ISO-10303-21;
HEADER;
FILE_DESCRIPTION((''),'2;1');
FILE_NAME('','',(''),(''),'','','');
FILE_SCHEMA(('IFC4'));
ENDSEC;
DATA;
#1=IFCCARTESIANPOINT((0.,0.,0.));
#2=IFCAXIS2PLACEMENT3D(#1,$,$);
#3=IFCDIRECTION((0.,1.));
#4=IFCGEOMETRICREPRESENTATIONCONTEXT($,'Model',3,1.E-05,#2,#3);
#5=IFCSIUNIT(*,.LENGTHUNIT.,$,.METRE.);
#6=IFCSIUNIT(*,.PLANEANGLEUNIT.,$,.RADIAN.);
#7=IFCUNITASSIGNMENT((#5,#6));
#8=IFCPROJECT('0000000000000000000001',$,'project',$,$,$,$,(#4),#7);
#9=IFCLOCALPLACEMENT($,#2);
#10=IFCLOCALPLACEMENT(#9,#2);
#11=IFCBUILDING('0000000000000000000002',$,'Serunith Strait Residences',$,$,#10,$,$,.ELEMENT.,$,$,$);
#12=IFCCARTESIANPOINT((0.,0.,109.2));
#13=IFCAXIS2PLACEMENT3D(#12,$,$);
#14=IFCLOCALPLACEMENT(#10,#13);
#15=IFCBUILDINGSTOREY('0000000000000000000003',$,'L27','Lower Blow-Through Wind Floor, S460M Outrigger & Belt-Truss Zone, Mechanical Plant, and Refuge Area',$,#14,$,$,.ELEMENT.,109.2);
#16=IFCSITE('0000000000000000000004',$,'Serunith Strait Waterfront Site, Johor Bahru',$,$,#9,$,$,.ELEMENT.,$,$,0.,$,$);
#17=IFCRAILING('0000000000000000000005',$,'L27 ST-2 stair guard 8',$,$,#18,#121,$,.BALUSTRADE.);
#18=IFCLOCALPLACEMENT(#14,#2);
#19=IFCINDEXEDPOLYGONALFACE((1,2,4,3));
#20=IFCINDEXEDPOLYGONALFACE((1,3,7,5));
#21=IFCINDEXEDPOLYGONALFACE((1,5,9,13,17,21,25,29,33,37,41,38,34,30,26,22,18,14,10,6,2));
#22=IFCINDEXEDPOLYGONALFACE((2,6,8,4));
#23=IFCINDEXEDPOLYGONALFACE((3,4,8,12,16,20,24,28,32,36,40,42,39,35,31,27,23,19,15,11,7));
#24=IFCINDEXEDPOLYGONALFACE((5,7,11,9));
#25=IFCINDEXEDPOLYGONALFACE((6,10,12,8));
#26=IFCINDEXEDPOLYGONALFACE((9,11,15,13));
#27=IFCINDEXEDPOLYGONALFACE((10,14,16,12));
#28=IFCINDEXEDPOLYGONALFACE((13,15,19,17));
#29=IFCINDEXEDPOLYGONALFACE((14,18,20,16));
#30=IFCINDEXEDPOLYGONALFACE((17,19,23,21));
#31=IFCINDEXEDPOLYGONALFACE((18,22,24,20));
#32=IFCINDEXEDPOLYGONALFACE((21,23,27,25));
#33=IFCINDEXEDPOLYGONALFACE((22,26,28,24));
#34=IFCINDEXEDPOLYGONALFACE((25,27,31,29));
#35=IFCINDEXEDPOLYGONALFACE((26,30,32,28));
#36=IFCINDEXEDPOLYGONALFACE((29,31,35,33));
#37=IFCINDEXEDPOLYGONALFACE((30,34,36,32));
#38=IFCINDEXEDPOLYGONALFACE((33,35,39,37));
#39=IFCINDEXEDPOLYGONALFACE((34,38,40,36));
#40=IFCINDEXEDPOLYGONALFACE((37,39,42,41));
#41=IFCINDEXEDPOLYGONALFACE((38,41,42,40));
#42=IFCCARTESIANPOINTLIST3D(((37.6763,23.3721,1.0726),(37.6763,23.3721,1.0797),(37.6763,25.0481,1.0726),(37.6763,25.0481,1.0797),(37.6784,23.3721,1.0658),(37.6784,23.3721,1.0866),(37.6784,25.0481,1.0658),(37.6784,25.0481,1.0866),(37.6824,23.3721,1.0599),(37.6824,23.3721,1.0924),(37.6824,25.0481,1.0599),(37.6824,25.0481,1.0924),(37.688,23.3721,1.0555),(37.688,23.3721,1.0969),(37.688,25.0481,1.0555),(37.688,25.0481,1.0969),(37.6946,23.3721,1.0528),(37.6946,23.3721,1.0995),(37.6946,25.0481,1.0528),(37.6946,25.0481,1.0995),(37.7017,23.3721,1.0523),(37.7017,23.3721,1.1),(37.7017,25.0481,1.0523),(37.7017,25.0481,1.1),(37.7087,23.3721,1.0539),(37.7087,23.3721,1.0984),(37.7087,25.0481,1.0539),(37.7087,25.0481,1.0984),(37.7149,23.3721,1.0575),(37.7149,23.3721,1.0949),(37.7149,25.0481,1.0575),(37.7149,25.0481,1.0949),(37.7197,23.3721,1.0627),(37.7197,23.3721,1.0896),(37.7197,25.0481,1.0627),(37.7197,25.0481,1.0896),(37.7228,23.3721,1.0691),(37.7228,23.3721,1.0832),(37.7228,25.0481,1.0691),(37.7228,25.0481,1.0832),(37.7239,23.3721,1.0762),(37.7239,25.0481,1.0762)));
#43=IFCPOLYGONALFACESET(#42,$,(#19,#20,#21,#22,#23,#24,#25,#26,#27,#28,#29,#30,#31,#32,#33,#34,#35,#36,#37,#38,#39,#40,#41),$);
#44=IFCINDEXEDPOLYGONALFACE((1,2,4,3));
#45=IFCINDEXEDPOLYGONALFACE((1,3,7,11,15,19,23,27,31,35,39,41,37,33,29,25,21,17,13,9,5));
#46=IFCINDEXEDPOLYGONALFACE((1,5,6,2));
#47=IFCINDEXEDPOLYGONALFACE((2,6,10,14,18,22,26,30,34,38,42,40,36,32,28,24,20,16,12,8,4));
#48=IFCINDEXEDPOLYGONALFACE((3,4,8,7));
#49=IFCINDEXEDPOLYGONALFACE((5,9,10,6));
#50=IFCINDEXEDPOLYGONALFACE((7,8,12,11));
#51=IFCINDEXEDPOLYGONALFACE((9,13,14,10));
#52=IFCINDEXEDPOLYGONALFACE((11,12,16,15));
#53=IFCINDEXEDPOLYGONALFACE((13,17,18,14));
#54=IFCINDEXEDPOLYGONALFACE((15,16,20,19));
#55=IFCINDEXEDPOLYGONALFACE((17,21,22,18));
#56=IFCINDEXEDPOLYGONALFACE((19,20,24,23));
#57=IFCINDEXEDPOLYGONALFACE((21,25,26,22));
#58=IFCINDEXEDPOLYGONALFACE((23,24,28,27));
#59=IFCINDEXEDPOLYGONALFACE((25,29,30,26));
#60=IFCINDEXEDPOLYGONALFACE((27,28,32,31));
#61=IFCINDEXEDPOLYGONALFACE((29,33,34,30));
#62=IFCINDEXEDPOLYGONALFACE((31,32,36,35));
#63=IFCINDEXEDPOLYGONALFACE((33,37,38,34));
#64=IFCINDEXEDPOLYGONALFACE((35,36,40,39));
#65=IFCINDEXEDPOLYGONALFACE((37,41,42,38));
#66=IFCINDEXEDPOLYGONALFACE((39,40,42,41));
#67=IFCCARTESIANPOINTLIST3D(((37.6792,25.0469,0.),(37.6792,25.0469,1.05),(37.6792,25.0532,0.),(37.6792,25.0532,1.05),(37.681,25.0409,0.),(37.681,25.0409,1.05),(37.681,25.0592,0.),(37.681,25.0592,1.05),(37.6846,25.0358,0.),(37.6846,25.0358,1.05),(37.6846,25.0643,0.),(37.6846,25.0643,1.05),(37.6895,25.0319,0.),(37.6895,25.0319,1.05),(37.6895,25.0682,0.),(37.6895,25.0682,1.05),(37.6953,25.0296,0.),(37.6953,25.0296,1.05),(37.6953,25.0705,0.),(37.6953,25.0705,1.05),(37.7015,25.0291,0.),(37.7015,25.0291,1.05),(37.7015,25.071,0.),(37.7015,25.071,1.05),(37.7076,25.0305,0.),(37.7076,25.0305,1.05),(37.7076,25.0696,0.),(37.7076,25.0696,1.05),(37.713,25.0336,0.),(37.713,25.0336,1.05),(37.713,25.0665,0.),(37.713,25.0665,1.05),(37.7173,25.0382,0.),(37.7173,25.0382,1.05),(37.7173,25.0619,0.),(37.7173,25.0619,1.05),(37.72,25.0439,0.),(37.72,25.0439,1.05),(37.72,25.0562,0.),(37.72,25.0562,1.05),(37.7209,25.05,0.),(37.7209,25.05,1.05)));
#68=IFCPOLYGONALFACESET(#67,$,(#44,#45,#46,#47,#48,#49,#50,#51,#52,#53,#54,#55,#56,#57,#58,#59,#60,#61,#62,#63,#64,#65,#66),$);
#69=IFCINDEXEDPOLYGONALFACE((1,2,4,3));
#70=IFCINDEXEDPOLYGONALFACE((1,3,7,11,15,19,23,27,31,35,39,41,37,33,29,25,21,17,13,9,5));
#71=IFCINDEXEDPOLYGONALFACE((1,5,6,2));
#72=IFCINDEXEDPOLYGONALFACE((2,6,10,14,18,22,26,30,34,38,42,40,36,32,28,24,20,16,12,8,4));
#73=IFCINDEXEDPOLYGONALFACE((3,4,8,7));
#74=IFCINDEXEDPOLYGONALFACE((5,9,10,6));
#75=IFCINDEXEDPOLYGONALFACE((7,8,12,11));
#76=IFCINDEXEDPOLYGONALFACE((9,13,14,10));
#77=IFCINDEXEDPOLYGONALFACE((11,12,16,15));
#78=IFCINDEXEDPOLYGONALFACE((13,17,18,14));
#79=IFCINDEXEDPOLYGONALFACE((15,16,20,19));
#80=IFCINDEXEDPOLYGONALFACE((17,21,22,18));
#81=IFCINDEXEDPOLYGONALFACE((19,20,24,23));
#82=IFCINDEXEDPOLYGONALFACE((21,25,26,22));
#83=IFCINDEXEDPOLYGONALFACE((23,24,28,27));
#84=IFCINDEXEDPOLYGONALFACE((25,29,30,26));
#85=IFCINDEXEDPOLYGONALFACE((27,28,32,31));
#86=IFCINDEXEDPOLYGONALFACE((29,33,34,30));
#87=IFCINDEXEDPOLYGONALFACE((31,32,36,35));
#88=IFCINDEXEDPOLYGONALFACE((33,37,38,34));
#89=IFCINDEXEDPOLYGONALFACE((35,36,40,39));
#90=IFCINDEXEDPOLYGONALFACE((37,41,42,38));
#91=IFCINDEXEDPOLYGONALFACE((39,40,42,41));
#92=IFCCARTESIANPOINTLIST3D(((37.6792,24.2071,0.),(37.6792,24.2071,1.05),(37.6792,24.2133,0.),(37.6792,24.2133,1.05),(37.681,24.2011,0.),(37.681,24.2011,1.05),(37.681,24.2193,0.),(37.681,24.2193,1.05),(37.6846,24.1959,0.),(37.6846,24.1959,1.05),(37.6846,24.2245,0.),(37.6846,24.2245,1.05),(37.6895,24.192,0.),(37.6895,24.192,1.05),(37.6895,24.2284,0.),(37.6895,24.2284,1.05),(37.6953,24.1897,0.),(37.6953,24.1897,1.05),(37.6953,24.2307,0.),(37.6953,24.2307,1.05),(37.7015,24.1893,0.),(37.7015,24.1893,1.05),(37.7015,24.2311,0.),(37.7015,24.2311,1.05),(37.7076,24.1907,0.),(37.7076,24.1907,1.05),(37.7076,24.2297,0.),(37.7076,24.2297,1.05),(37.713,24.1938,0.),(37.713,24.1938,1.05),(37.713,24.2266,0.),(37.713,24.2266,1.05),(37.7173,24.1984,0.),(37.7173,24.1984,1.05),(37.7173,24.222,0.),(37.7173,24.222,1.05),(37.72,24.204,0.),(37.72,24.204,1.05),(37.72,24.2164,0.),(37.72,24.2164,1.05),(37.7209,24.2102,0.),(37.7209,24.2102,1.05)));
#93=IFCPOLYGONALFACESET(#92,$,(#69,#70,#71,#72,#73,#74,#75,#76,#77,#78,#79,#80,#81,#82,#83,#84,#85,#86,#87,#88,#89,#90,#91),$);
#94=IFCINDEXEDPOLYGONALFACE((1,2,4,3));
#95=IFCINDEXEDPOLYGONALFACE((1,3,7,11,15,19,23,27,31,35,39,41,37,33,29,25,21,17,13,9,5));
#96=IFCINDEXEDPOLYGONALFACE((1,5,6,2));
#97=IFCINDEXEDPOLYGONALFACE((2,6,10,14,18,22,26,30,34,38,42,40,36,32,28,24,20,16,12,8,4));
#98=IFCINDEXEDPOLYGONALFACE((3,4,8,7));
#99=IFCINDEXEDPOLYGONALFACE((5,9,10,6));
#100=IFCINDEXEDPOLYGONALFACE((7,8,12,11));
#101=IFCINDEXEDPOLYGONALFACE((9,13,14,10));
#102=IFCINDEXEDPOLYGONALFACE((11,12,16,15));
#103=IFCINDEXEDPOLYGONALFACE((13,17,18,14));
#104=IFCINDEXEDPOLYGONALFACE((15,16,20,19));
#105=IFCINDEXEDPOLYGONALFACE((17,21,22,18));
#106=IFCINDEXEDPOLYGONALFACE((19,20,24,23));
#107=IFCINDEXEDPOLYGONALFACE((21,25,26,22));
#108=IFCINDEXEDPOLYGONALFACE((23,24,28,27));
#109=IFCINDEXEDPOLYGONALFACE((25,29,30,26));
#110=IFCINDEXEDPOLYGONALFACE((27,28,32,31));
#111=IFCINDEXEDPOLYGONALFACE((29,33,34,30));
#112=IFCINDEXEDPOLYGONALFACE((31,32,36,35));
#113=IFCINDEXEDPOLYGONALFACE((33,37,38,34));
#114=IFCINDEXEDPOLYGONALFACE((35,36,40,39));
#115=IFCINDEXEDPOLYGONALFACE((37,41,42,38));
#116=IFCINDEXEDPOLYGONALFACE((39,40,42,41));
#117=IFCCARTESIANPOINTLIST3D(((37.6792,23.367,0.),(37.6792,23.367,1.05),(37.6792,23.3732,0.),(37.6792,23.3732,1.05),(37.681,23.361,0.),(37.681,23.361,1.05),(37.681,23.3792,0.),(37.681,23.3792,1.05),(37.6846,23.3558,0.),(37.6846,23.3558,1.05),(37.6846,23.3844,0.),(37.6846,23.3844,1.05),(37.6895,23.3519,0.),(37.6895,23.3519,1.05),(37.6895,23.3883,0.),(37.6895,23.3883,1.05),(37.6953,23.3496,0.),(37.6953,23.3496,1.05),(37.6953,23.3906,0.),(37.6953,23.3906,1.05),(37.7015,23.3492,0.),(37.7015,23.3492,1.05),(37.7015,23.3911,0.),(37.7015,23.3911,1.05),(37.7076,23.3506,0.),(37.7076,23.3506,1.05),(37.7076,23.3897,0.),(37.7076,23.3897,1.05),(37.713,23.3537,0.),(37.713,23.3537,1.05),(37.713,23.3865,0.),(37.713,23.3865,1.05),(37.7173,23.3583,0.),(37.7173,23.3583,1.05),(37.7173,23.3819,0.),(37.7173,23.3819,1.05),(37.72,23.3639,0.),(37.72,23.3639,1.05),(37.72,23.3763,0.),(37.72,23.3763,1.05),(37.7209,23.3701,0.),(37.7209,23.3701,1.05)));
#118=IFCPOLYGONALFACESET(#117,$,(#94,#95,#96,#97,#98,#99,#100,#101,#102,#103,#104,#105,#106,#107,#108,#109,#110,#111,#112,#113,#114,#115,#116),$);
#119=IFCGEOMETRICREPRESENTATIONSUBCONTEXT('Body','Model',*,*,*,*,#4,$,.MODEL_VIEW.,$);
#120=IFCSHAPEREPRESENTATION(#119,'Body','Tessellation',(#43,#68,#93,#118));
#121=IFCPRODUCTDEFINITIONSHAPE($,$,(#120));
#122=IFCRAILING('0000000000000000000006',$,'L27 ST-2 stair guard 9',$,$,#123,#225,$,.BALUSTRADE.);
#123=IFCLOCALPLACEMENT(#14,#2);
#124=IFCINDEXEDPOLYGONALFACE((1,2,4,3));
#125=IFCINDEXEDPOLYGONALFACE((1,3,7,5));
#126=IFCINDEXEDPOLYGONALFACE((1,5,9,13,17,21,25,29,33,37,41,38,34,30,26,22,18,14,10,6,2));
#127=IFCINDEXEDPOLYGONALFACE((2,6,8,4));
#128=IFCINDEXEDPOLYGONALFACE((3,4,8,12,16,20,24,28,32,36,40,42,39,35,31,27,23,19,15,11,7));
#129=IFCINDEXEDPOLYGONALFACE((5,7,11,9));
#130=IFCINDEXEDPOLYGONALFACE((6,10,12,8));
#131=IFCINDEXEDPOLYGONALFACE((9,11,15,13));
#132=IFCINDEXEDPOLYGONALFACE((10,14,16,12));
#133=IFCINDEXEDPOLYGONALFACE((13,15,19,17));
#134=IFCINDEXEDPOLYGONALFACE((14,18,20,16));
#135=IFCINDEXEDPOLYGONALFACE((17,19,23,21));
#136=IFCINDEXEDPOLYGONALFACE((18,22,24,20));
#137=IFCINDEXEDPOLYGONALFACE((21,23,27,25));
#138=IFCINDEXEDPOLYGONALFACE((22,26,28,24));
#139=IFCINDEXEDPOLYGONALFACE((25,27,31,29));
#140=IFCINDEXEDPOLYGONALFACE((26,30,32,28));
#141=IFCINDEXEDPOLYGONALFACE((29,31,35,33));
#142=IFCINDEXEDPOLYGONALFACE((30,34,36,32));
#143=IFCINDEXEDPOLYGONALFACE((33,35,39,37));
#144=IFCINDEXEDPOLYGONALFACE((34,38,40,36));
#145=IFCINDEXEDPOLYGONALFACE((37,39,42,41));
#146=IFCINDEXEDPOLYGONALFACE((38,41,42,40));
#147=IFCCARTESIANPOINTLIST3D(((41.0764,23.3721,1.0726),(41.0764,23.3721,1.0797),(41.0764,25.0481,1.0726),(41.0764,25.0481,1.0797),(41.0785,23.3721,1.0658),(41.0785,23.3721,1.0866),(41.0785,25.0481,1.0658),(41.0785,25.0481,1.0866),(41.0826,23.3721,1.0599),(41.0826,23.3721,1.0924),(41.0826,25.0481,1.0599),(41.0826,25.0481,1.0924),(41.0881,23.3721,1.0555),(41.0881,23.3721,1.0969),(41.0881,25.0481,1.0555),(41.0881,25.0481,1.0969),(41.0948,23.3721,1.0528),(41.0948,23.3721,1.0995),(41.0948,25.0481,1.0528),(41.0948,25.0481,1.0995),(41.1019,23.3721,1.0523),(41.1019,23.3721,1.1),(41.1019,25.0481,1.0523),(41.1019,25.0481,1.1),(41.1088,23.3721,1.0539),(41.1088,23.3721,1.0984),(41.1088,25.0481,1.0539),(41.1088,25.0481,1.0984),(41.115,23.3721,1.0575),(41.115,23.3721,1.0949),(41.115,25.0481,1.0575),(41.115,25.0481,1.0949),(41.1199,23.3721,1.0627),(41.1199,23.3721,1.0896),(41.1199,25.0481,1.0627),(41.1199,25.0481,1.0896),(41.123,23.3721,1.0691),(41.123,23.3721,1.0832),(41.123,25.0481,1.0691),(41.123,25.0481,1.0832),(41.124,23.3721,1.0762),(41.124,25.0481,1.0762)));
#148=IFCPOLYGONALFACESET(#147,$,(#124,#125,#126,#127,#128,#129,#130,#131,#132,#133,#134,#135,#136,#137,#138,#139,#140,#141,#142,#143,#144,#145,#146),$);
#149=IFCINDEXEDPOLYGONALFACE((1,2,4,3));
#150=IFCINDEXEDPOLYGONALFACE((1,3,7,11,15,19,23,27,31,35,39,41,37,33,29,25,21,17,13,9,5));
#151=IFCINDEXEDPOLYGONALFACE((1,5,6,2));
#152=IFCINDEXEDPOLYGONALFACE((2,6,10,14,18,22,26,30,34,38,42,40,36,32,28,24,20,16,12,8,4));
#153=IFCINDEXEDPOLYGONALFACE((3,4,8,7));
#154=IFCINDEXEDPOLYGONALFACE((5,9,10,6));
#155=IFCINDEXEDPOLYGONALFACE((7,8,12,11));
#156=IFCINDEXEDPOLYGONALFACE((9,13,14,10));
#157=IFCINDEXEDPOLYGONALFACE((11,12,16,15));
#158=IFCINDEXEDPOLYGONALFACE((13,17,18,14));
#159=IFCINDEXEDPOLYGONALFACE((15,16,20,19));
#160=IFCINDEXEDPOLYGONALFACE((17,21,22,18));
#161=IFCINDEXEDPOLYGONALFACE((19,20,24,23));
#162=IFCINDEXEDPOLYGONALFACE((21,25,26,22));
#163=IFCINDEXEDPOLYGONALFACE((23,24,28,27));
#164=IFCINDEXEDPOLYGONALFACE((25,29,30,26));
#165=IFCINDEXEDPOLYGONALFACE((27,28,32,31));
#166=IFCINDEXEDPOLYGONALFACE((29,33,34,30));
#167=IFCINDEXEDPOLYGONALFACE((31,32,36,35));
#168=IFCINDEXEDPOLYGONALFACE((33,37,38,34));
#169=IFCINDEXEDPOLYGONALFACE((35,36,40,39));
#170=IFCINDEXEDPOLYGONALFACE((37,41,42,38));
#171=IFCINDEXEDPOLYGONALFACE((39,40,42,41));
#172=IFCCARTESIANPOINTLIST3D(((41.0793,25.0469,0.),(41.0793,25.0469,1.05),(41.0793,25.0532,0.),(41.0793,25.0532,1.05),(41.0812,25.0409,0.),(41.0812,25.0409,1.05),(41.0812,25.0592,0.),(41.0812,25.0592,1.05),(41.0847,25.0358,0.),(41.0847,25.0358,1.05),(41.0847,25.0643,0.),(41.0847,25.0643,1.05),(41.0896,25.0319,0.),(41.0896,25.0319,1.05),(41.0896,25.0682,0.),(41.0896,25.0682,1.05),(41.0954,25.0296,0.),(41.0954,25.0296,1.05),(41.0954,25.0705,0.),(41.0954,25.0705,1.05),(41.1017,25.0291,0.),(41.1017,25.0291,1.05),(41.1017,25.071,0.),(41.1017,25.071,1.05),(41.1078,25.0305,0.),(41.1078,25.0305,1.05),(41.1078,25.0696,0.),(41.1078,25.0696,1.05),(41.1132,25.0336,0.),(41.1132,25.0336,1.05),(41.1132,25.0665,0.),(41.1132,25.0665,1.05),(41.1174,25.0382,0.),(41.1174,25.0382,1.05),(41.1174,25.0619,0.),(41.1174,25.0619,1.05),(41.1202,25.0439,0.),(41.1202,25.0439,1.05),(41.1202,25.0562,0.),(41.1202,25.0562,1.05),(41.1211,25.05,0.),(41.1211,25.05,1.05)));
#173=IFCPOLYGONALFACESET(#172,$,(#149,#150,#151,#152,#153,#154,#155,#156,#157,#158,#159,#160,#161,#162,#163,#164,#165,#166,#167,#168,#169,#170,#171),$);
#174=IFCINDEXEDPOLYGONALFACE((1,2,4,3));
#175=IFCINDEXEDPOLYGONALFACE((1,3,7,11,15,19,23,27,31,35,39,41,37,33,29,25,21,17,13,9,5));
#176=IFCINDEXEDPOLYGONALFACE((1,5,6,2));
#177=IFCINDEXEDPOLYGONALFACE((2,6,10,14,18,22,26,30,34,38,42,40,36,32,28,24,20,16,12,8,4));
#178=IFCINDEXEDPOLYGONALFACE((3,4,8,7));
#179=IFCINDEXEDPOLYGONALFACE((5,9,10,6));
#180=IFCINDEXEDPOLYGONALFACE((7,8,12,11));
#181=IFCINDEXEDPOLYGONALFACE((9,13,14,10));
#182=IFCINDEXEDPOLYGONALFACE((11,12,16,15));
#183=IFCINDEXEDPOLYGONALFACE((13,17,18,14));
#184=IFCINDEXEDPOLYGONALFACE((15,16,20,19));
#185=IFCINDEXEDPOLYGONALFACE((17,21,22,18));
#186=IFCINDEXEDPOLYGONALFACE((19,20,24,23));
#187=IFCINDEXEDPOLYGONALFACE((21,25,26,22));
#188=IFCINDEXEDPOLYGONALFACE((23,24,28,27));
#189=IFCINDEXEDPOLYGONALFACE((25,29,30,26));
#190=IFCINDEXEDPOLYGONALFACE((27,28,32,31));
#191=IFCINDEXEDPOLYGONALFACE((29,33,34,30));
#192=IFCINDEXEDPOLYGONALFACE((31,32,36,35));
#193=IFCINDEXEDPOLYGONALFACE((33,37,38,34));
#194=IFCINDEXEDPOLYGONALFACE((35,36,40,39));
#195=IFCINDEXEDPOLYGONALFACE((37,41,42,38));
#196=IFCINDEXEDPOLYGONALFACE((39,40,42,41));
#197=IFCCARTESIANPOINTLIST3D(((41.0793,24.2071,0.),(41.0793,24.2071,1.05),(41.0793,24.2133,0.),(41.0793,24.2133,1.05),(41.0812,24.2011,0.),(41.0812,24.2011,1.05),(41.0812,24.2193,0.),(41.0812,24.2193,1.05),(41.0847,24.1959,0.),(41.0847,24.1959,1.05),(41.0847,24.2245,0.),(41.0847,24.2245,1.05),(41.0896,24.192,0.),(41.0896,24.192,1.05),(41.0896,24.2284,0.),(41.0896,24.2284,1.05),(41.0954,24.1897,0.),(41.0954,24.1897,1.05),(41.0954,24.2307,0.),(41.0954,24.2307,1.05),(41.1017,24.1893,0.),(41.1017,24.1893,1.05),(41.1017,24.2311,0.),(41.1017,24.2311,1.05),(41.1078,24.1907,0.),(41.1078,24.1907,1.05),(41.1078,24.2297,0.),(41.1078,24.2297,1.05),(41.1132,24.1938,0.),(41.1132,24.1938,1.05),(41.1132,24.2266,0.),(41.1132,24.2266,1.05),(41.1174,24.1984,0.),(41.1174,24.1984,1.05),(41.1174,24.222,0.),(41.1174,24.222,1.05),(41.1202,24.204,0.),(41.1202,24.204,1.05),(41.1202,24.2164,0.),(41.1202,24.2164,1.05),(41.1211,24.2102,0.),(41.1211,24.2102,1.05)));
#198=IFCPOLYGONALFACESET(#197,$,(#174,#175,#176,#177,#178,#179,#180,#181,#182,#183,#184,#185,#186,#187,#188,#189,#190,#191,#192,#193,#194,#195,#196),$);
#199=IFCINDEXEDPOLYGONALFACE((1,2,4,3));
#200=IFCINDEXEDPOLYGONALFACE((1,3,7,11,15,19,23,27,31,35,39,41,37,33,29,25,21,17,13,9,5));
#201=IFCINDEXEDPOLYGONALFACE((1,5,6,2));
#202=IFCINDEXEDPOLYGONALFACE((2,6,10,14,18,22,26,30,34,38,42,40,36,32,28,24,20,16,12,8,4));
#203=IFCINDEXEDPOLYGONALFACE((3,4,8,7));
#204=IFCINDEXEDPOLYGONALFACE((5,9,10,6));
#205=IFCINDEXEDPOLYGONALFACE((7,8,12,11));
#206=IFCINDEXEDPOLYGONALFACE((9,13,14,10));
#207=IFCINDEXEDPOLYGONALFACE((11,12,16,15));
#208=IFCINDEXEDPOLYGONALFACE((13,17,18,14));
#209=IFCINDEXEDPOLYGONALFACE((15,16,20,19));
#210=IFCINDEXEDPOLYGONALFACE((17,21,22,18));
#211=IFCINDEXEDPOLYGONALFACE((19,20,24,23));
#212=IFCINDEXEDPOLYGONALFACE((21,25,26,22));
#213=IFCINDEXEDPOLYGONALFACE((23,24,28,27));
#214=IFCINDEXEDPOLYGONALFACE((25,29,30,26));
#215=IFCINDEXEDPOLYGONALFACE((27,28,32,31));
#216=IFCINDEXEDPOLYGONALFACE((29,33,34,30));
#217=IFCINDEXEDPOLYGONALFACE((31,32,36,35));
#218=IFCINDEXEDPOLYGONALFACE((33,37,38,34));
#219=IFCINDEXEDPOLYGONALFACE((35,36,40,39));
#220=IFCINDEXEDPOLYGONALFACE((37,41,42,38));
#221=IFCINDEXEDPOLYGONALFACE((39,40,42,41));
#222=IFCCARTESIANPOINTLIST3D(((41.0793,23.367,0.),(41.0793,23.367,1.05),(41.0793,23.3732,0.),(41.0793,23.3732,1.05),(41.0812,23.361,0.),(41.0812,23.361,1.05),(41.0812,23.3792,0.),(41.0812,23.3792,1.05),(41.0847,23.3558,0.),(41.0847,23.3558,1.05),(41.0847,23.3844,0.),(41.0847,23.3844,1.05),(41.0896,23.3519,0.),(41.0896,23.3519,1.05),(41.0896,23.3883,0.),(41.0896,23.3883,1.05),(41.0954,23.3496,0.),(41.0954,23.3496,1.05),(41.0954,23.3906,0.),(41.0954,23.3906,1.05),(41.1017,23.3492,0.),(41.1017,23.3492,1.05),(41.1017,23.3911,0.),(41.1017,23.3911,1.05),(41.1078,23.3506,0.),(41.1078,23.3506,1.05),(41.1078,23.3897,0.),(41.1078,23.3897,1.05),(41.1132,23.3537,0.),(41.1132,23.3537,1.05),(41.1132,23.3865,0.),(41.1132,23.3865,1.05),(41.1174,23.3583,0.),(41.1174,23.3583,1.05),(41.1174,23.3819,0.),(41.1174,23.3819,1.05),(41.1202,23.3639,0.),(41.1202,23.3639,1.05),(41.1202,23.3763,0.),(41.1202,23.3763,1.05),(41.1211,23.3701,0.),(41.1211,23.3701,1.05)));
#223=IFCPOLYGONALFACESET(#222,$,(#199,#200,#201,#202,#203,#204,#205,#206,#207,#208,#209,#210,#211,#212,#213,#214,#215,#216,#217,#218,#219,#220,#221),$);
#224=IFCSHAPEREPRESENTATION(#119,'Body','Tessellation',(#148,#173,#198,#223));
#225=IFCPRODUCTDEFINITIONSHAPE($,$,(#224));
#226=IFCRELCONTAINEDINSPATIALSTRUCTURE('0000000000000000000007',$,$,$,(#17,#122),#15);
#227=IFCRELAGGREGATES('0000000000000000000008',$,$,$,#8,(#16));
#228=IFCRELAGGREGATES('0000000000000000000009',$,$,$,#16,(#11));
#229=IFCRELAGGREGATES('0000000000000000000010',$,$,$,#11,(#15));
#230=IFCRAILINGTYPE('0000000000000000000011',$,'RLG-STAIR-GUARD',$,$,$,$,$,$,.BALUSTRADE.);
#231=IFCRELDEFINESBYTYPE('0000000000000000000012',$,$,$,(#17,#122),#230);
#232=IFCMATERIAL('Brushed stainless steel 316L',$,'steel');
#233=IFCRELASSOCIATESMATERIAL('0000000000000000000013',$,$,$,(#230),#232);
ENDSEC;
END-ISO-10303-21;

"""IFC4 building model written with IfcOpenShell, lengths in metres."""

from ifc_helpers import new_model, si_unit, direction, frame, origin, origin_2d, place, context, subcontext, project, spatial, circle, extrude, material, type_object, element, save


model = new_model("IFC4")

# Units and contexts
model_context = context("Model", 3, precision=1e-05, world=origin(), true_north=direction((0.0, 1.0)))
body_context = subcontext(model_context, "Body", "Model", "MODEL_VIEW")
ifc_project = project(units=[si_unit("LENGTHUNIT", "METRE"), si_unit("PLANEANGLEUNIT", "RADIAN")], contexts=[model_context])

# Site, building, storey
site_placement = place(None, origin())
site = spatial("IfcSite", under=ifc_project, at=site_placement, Name="Serunith Strait Waterfront Site, Johor Bahru", CompositionType="ELEMENT", RefElevation=0.0)
building_placement = place(site_placement, origin())
building = spatial("IfcBuilding", under=site, at=building_placement, Name="Serunith Strait Residences", CompositionType="ELEMENT")
storey_placement = place(building_placement, frame((0.0, 0.0, 109.2)))
storey = spatial("IfcBuildingStorey", under=building, at=storey_placement, Name="L27", Description="Lower Blow-Through Wind Floor, S460M Outrigger & Belt-Truss Zone, Mechanical Plant, and Refuge Area", CompositionType="ELEMENT", Elevation=109.2)

# Railings
ifc_material_1 = material(Name="Brushed stainless steel 316L", Category="steel")
railing_type = type_object("IfcRailingType", Name="RLG-STAIR-GUARD", PredefinedType="BALUSTRADE", material=ifc_material_1)
for number, where, name in (
    (1, (37.7, 25.05, 0.0), "L27 ST-2 stair guard 8"),
    (2, (41.1001, 25.05, 0.0), "L27 ST-2 stair guard 9"),
):
    element("IfcRailing", number, at=place(storey_placement, frame(where)), inside=storey, type_object=railing_type, Name=name, PredefinedType="BALUSTRADE", context=body_context, shape_type="SweptSolid", body=[
        extrude(circle(Radius=0.0239, at=origin_2d()), frame((0.0, -0.002, 1.0762), z_axis=(0.0, -1.0, 0.0), x_axis=(1.0, 0.0, 0.0)), (0.0, 0.0, 1.0), 1.676),
        extrude(circle(Radius=0.021, at=origin_2d()), origin(), (0.0, 0.0, 1.0), 1.05),
        extrude(circle(Radius=0.021, at=origin_2d()), frame((0.0, -0.8398, 0.0)), (0.0, 0.0, 1.0), 1.05),
        extrude(circle(Radius=0.021, at=origin_2d()), frame((0.0, -1.6799, 0.0)), (0.0, 0.0, 1.0), 1.05),
    ])

save(model, "model.ifc")
